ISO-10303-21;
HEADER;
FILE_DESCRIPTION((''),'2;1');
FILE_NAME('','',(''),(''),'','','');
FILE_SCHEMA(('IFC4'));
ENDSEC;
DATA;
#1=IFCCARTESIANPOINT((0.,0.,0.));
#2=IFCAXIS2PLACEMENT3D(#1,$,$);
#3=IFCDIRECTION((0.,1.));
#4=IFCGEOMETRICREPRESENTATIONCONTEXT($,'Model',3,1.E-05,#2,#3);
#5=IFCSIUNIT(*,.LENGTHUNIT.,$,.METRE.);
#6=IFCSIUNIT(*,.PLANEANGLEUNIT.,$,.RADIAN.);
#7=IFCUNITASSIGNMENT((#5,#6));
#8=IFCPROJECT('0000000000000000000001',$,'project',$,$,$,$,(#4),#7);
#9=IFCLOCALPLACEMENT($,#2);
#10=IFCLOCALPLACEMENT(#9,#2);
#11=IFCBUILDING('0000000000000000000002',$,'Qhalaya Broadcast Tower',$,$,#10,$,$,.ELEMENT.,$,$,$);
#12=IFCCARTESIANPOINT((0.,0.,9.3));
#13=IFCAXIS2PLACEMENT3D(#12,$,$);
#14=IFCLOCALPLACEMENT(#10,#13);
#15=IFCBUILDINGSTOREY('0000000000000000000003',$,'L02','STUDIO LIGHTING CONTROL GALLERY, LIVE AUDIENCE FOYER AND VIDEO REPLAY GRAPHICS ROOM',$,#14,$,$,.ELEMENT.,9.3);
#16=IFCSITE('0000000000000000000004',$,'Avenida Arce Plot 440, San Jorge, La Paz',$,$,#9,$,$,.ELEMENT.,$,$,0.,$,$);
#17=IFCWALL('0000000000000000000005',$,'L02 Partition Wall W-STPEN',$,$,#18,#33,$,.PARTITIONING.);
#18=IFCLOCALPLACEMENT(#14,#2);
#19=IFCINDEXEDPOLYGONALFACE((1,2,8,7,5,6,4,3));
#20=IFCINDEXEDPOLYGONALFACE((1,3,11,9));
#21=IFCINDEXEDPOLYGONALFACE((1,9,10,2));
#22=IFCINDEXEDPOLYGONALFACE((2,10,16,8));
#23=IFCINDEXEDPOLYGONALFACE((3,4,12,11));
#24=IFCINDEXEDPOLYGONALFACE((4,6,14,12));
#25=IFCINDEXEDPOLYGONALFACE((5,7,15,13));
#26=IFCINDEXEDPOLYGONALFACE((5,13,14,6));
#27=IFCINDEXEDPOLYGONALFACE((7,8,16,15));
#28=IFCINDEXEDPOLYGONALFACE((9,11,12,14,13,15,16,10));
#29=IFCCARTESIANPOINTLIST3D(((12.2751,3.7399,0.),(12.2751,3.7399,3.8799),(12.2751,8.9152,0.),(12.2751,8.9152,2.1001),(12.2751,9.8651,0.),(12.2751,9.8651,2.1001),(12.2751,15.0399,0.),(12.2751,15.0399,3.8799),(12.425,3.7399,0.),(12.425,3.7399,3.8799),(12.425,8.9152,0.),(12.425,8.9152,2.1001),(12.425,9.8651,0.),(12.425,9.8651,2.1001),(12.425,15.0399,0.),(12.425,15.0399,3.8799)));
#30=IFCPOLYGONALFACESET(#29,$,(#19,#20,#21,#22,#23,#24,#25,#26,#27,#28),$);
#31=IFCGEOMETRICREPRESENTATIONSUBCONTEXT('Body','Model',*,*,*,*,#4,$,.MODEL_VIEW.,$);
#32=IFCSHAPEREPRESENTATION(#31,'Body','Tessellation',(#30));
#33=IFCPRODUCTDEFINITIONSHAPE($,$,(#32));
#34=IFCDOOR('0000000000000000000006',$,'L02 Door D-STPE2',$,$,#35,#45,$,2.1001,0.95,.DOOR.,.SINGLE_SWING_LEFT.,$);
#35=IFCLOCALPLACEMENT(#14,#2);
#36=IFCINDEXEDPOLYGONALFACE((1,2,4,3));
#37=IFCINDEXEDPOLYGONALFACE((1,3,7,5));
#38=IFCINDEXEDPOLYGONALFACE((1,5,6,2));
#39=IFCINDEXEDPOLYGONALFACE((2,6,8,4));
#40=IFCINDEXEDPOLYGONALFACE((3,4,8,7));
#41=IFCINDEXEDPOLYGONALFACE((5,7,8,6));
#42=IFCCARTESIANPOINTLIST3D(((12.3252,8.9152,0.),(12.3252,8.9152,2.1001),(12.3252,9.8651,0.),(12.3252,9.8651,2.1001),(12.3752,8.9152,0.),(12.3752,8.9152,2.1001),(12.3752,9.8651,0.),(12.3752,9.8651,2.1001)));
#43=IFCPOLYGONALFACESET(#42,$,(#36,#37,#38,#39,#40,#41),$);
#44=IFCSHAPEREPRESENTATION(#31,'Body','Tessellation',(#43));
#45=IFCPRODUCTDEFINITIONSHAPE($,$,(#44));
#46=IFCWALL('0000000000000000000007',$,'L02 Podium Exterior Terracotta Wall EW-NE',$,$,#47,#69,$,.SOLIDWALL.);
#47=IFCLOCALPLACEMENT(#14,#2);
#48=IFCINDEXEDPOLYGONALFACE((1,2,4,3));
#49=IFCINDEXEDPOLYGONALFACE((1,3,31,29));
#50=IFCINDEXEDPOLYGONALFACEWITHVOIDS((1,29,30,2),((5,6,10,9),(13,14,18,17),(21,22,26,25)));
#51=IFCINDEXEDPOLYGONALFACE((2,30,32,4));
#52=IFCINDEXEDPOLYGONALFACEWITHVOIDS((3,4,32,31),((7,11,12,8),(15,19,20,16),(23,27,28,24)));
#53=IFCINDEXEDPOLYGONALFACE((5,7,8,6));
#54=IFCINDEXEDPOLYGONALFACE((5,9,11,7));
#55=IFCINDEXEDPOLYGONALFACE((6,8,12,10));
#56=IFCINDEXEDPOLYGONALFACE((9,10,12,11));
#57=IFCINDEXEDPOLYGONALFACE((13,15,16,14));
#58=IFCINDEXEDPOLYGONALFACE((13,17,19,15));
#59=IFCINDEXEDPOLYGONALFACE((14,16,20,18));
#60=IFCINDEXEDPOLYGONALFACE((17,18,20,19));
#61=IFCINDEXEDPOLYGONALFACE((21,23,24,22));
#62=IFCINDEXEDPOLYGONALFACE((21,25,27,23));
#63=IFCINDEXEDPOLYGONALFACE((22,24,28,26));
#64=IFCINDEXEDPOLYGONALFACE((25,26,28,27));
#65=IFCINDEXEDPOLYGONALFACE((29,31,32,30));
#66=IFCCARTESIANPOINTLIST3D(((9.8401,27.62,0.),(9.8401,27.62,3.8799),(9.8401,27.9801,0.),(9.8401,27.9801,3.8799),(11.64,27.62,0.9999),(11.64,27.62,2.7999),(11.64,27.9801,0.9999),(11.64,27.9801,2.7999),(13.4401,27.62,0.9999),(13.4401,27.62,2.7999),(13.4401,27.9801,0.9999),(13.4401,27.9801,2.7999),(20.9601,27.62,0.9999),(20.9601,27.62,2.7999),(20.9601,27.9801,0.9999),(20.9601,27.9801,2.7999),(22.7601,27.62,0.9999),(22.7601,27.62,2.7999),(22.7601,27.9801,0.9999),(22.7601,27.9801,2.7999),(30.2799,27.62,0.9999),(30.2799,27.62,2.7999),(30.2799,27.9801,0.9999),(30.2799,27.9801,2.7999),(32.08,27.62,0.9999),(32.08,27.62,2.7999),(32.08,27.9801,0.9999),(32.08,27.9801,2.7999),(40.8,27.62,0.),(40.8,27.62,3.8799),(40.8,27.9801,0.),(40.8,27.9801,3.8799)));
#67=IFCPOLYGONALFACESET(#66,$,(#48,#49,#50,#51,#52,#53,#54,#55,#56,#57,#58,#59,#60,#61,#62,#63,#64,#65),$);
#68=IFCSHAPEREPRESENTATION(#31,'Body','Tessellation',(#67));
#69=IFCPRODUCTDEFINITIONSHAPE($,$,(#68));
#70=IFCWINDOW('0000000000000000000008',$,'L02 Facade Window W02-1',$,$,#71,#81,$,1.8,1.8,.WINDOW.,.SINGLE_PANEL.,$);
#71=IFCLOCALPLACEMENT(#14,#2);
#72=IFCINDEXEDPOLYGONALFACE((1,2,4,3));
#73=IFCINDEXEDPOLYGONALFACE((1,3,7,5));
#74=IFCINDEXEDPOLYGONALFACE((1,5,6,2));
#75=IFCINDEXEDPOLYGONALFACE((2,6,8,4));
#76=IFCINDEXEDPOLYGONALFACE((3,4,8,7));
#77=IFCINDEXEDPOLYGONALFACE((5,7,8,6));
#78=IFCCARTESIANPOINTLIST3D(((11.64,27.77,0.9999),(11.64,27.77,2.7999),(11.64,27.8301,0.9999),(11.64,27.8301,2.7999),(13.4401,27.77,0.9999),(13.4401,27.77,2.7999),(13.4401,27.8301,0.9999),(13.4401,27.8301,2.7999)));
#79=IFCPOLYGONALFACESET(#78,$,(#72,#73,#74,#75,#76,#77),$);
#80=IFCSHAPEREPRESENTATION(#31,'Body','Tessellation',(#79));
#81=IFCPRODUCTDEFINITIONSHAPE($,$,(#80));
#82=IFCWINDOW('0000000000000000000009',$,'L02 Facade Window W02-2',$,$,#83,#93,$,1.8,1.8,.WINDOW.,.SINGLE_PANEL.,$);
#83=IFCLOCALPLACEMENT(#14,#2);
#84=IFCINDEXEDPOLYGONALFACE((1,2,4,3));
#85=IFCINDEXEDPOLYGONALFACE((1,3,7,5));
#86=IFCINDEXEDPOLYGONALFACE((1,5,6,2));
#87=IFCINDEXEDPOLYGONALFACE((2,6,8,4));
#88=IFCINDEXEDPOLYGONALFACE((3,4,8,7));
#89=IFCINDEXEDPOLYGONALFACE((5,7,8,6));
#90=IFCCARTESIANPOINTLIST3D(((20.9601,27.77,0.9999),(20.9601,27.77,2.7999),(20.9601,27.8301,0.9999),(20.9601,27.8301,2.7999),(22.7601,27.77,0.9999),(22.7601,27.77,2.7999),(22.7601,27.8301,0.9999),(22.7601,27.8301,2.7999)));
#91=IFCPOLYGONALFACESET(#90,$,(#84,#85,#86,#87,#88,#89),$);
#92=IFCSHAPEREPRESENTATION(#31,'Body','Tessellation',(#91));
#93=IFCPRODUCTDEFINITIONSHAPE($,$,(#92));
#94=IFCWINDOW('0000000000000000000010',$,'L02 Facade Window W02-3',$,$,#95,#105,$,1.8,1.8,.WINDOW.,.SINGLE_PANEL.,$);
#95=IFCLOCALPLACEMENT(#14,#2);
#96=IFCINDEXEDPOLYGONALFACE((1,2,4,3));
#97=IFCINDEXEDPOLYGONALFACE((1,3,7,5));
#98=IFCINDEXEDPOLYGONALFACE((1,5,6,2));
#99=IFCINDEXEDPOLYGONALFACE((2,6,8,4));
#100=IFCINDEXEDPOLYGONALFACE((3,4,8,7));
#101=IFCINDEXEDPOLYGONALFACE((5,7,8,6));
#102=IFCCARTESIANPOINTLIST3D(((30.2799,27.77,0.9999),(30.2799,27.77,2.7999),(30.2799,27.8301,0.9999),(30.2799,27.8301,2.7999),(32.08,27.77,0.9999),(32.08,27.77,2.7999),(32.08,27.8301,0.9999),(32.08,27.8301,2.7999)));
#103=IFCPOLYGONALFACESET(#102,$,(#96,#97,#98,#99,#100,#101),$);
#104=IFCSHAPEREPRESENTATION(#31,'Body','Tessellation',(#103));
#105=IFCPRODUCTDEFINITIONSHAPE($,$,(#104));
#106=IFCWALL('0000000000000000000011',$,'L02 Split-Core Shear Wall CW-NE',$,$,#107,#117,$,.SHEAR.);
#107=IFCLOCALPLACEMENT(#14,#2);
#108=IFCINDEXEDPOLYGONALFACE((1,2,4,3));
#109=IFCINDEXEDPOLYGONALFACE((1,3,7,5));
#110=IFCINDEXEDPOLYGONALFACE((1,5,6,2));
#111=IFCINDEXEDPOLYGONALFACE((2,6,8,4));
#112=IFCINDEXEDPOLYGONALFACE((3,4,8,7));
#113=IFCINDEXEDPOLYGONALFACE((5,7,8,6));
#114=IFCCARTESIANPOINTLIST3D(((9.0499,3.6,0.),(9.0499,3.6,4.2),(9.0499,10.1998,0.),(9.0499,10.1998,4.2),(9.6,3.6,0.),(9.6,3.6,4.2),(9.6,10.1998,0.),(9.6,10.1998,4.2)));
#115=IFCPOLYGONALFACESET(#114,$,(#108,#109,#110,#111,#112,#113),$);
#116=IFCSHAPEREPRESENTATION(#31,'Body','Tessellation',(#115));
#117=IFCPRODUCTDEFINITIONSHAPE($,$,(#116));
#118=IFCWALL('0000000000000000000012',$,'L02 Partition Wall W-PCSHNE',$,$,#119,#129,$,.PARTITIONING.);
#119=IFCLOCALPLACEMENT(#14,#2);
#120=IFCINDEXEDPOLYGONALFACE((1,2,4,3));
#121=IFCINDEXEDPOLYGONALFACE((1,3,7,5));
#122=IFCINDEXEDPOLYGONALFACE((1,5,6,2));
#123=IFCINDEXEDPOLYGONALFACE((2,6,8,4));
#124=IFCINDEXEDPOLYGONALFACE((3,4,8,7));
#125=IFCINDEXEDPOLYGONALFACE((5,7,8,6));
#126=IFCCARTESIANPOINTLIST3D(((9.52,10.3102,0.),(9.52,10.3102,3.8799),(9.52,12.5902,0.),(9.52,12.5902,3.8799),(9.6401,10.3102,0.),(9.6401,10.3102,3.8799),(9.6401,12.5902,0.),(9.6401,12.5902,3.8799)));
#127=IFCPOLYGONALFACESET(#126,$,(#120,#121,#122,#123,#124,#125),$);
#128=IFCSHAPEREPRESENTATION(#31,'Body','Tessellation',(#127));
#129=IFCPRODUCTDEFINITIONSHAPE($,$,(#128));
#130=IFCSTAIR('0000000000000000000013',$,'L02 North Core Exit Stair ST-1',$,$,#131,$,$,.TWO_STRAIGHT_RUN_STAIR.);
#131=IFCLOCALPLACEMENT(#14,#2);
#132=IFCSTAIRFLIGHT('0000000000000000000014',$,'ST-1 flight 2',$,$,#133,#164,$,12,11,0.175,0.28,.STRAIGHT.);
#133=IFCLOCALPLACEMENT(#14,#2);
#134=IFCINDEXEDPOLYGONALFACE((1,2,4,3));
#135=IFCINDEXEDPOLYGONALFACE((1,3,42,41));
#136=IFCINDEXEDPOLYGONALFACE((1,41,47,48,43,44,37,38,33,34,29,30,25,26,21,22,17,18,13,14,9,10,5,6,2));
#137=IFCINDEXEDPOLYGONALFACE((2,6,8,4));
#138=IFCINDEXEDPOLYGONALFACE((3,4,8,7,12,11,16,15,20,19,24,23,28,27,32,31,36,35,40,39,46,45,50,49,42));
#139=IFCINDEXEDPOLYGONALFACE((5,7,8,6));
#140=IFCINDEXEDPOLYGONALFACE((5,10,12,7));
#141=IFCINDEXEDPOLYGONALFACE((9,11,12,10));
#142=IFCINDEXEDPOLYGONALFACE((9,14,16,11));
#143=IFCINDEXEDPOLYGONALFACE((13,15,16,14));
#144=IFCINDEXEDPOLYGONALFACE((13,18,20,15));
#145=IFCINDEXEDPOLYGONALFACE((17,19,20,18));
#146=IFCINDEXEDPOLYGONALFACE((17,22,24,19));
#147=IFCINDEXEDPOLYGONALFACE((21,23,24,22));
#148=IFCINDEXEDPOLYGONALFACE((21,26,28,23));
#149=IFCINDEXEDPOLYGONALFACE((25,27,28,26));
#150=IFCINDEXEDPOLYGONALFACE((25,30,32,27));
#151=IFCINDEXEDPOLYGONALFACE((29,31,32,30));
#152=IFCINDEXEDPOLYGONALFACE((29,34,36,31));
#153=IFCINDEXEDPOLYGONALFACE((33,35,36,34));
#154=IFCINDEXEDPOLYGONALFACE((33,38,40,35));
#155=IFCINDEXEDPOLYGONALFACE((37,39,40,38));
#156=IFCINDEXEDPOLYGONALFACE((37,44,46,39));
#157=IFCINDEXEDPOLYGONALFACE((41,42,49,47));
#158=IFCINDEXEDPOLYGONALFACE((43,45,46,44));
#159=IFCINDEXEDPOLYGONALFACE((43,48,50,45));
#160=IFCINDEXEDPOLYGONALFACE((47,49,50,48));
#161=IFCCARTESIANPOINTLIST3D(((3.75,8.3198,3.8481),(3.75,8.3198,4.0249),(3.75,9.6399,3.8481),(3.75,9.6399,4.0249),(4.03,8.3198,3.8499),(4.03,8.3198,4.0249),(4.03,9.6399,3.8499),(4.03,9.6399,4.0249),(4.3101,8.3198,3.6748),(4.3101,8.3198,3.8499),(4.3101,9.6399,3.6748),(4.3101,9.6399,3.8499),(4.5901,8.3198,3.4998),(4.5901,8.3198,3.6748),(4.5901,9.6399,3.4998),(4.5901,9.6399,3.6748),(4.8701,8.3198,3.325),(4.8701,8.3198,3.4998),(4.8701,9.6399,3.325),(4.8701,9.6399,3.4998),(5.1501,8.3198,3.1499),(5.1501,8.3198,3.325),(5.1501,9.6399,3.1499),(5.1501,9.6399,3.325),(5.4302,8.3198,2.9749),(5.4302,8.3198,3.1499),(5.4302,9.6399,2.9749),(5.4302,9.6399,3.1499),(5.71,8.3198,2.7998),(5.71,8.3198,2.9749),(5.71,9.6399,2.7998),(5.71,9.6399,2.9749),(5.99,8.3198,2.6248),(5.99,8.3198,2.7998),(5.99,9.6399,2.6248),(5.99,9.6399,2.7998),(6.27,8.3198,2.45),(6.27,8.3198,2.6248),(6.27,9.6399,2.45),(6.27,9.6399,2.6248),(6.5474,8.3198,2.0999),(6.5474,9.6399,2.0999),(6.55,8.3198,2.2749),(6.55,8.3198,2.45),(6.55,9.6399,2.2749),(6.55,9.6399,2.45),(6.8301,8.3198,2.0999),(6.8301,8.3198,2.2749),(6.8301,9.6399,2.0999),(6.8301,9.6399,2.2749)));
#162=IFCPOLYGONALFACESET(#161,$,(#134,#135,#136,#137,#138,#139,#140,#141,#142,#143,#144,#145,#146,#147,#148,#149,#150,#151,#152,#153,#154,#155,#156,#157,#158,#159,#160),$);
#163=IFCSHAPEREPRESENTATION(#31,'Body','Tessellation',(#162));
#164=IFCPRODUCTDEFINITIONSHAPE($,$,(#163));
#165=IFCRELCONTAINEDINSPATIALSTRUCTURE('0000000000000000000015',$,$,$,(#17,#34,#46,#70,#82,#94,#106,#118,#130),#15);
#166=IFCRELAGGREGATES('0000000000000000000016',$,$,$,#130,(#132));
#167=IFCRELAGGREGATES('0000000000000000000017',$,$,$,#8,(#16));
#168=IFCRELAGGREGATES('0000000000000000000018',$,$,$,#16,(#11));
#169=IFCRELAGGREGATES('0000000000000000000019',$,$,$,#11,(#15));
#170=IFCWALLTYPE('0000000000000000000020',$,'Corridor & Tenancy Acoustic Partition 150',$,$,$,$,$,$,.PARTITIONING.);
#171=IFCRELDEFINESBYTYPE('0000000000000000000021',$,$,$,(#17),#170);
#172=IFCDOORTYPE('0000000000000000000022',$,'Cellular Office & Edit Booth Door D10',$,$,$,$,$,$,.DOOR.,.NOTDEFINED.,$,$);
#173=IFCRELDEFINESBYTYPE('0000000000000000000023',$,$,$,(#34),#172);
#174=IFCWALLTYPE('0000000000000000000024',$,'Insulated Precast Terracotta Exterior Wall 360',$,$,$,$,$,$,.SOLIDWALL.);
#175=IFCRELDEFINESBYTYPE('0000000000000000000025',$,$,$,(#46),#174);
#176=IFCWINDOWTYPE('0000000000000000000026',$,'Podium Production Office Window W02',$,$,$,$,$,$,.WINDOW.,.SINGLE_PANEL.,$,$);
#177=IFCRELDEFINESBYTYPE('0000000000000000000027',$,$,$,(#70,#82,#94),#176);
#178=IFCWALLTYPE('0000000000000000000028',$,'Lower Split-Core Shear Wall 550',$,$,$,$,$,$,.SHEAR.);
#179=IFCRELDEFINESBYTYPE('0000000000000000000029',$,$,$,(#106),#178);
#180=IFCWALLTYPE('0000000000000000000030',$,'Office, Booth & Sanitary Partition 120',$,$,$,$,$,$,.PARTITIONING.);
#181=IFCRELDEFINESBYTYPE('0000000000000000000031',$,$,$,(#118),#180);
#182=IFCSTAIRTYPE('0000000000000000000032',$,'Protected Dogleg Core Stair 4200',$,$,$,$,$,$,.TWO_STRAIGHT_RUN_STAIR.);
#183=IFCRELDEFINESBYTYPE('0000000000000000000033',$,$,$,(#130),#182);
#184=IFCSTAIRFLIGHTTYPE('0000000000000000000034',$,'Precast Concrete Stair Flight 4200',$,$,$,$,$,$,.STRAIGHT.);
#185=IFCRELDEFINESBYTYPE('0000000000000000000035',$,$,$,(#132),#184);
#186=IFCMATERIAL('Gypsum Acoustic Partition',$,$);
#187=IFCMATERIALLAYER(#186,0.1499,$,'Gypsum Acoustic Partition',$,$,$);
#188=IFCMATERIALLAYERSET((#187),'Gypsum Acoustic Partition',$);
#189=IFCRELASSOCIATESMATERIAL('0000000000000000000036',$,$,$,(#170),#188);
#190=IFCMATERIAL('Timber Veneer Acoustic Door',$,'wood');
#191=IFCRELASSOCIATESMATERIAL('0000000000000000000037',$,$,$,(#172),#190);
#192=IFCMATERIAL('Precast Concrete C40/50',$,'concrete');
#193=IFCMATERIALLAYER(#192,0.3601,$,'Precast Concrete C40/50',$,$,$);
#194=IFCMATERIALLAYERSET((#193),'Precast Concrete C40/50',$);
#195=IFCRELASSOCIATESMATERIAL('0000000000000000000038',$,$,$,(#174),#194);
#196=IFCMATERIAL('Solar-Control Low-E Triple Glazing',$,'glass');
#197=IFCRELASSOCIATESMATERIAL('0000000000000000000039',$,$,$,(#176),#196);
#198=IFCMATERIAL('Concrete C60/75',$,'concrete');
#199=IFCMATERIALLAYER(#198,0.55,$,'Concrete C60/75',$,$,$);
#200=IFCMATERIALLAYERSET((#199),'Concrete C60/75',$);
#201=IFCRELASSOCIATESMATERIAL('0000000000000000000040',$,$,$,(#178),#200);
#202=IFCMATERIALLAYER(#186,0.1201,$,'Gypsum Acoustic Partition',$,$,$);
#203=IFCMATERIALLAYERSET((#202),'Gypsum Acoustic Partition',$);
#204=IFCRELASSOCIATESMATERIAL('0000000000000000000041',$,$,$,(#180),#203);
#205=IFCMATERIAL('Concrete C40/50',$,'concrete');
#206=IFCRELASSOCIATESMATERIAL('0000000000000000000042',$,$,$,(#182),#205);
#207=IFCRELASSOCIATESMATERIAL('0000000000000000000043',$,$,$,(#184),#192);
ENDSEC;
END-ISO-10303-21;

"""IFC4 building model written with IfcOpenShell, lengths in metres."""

from ifc_helpers import new_model, si_unit, direction, frame, frame_2d, origin, place, context, subcontext, project, spatial, polyline, rectangle, outline, extrude, material, layer, layer_set, type_object, element, fill, aggregate, save


model = new_model("IFC4")

# Units and contexts
model_context = context("Model", 3, precision=1e-05, world=origin(), true_north=direction((0.0, 1.0)))
body_context = subcontext(model_context, "Body", "Model", "MODEL_VIEW")
ifc_project = project(units=[si_unit("LENGTHUNIT", "METRE"), si_unit("PLANEANGLEUNIT", "RADIAN")], contexts=[model_context])

# Site, building, storey
site_placement = place(None, origin())
site = spatial("IfcSite", under=ifc_project, at=site_placement, Name="Avenida Arce Plot 440, San Jorge, La Paz", CompositionType="ELEMENT", RefElevation=0.0)
building_placement = place(site_placement, origin())
building = spatial("IfcBuilding", under=site, at=building_placement, Name="Qhalaya Broadcast Tower", CompositionType="ELEMENT")
storey_placement = place(building_placement, frame((0.0, 0.0, 9.3)))
storey = spatial("IfcBuildingStorey", under=building, at=storey_placement, Name="L02", Description="STUDIO LIGHTING CONTROL GALLERY, LIVE AUDIENCE FOYER AND VIDEO REPLAY GRAPHICS ROOM", CompositionType="ELEMENT", Elevation=9.3)

# Shared definitions
ifc_material_1 = material(Name="Concrete C60/75", Category="concrete")

# Shared definitions
ifc_material_2 = material(Name="Solar-Control Low-E Triple Glazing", Category="glass")

# Wall, opening, door
ifc_material_3 = material(Name="Gypsum Acoustic Partition")
ifc_layer_1 = layer(ifc_material_3, 0.1499, Name="Gypsum Acoustic Partition")
ifc_layer_set_1 = layer_set([ifc_layer_1], Name="Gypsum Acoustic Partition")
wall_type_1 = type_object("IfcWallType", Name="Corridor & Tenancy Acoustic Partition 150", PredefinedType="PARTITIONING", material=ifc_layer_set_1)
wall_1_placement = place(storey_placement, frame((12.3501, 3.74, 0.0), z_axis=(0.0, 0.0, 1.0), x_axis=(0.0, 1.0, 0.0)))
wall_1 = element("IfcWall", 1, at=wall_1_placement, inside=storey, type_object=wall_type_1, Name="L02 Partition Wall W-STPEN", PredefinedType="PARTITIONING", context=body_context, shape_type="SweptSolid", body=[
    extrude(rectangle(XDim=11.3, YDim=0.1499, at=frame_2d((5.6499, 0.0))), origin(), (0.0, 0.0, 1.0), 3.8799),
])
opening_1_placement = place(wall_1_placement, frame((5.175, 0.0, 0.0)))
opening_1 = element("IfcOpeningElement", 2, at=opening_1_placement, cuts=wall_1, PredefinedType="OPENING", context=body_context, shape_type="SweptSolid", body=[
    extrude(rectangle(XDim=0.95, YDim=2.1001, at=frame_2d((0.4751, 1.05))), frame((0.0, 0.0869, 0.0), z_axis=(0.0, -1.0, 0.0), x_axis=(1.0, 0.0, 0.0)), (0.0, 0.0, 1.0), 0.1738),
])
ifc_material_4 = material(Name="Timber Veneer Acoustic Door", Category="wood")
door_type = type_object("IfcDoorType", Name="Cellular Office & Edit Booth Door D10", OperationType="NOTDEFINED", PredefinedType="DOOR", material=ifc_material_4)
door_placement = place(opening_1_placement, origin())
door = element("IfcDoor", 3, at=door_placement, inside=storey, type_object=door_type, Name="L02 Door D-STPE2", OperationType="SINGLE_SWING_LEFT", OverallHeight=2.1001, OverallWidth=0.95, PredefinedType="DOOR", context=body_context, shape_type="SweptSolid", body=[
    extrude(rectangle(XDim=0.95, YDim=2.1001, at=frame_2d((0.4751, 1.05))), frame((0.0, 0.0249, 0.0), z_axis=(0.0, -1.0, 0.0), x_axis=(1.0, 0.0, 0.0)), (0.0, 0.0, 1.0), 0.05),
])
fill(opening_1, door)

# Wall, openings, windows
ifc_material_5 = material(Name="Precast Concrete C40/50", Category="concrete")
ifc_layer_2 = layer(ifc_material_5, 0.3601, Name="Precast Concrete C40/50")
ifc_layer_set_2 = layer_set([ifc_layer_2], Name="Precast Concrete C40/50")
wall_type_2 = type_object("IfcWallType", Name="Insulated Precast Terracotta Exterior Wall 360", PredefinedType="SOLIDWALL", material=ifc_layer_set_2)
wall_2_placement = place(storey_placement, frame((9.8401, 27.8, 0.0), z_axis=(0.0, 0.0, 1.0), x_axis=(1.0, 0.0, 0.0)))
wall_2 = element("IfcWall", 4, at=wall_2_placement, inside=storey, type_object=wall_type_2, Name="L02 Podium Exterior Terracotta Wall EW-NE", PredefinedType="SOLIDWALL", context=body_context, shape_type="SweptSolid", body=[
    extrude(rectangle(XDim=30.96, YDim=0.3601, at=frame_2d((15.48, 0.0))), origin(), (0.0, 0.0, 1.0), 3.8799),
])
opening_2_placement = place(wall_2_placement, frame((1.8, 0.0, 1.0)))
opening_2 = element("IfcOpeningElement", 5, at=opening_2_placement, cuts=wall_2, PredefinedType="OPENING", context=body_context, shape_type="SweptSolid", body=[
    extrude(rectangle(XDim=1.8, YDim=1.8, at=frame_2d((0.8999, 0.8999))), frame((0.0, 0.1921, 0.0), z_axis=(0.0, -1.0, 0.0), x_axis=(1.0, 0.0, 0.0)), (0.0, 0.0, 1.0), 0.384),
])
opening_3_placement = place(wall_2_placement, frame((11.1201, 0.0, 1.0)))
opening_3 = element("IfcOpeningElement", 6, at=opening_3_placement, cuts=wall_2, PredefinedType="OPENING", context=body_context, shape_type="SweptSolid", body=[
    extrude(rectangle(XDim=1.8, YDim=1.8, at=frame_2d((0.8999, 0.8999))), frame((0.0, 0.1921, 0.0), z_axis=(0.0, -1.0, 0.0), x_axis=(1.0, 0.0, 0.0)), (0.0, 0.0, 1.0), 0.384),
])
opening_4_placement = place(wall_2_placement, frame((20.4399, 0.0, 1.0)))
opening_4 = element("IfcOpeningElement", 7, at=opening_4_placement, cuts=wall_2, PredefinedType="OPENING", context=body_context, shape_type="SweptSolid", body=[
    extrude(rectangle(XDim=1.8, YDim=1.8, at=frame_2d((0.8999, 0.8999))), frame((0.0, 0.1921, 0.0), z_axis=(0.0, -1.0, 0.0), x_axis=(1.0, 0.0, 0.0)), (0.0, 0.0, 1.0), 0.384),
])
window_type = type_object("IfcWindowType", Name="Podium Production Office Window W02", PartitioningType="SINGLE_PANEL", PredefinedType="WINDOW", material=ifc_material_2)
window_1_placement = place(opening_2_placement, origin())
window_1 = element("IfcWindow", 8, at=window_1_placement, inside=storey, type_object=window_type, Name="L02 Facade Window W02-1", OverallHeight=1.8, OverallWidth=1.8, PartitioningType="SINGLE_PANEL", PredefinedType="WINDOW", context=body_context, shape_type="SweptSolid", body=[
    extrude(rectangle(XDim=1.8, YDim=1.8, at=frame_2d((0.8999, 0.8999))), frame((0.0, 0.03, 0.0), z_axis=(0.0, -1.0, 0.0), x_axis=(1.0, 0.0, 0.0)), (0.0, 0.0, 1.0), 0.0601),
])
fill(opening_2, window_1)
window_2_placement = place(opening_3_placement, origin())
window_2 = element("IfcWindow", 9, at=window_2_placement, inside=storey, type_object=window_type, Name="L02 Facade Window W02-2", OverallHeight=1.8, OverallWidth=1.8, PartitioningType="SINGLE_PANEL", PredefinedType="WINDOW", context=body_context, shape_type="SweptSolid", body=[
    extrude(rectangle(XDim=1.8, YDim=1.8, at=frame_2d((0.8999, 0.8999))), frame((0.0, 0.03, 0.0), z_axis=(0.0, -1.0, 0.0), x_axis=(1.0, 0.0, 0.0)), (0.0, 0.0, 1.0), 0.0601),
])
fill(opening_3, window_2)
window_3_placement = place(opening_4_placement, origin())
window_3 = element("IfcWindow", 10, at=window_3_placement, inside=storey, type_object=window_type, Name="L02 Facade Window W02-3", OverallHeight=1.8, OverallWidth=1.8, PartitioningType="SINGLE_PANEL", PredefinedType="WINDOW", context=body_context, shape_type="SweptSolid", body=[
    extrude(rectangle(XDim=1.8, YDim=1.8, at=frame_2d((0.8999, 0.8999))), frame((0.0, 0.03, 0.0), z_axis=(0.0, -1.0, 0.0), x_axis=(1.0, 0.0, 0.0)), (0.0, 0.0, 1.0), 0.0601),
])
fill(opening_4, window_3)

# Walls
ifc_layer_3 = layer(ifc_material_1, 0.55, Name="Concrete C60/75")
ifc_layer_set_3 = layer_set([ifc_layer_3], Name="Concrete C60/75")
wall_type_3 = type_object("IfcWallType", Name="Lower Split-Core Shear Wall 550", PredefinedType="SHEAR", material=ifc_layer_set_3)
wall_3_placement = place(storey_placement, frame((9.325, 3.6001, 0.0), z_axis=(0.0, 0.0, 1.0), x_axis=(0.0, 1.0, 0.0)))
element("IfcWall", 11, at=wall_3_placement, inside=storey, type_object=wall_type_3, Name="L02 Split-Core Shear Wall CW-NE", PredefinedType="SHEAR", context=body_context, shape_type="SweptSolid", body=[
    extrude(rectangle(XDim=6.5999, YDim=0.55, at=frame_2d((3.2998, 0.0))), origin(), (0.0, 0.0, 1.0), 4.2),
])
ifc_layer_4 = layer(ifc_material_3, 0.1201, Name="Gypsum Acoustic Partition")
ifc_layer_set_4 = layer_set([ifc_layer_4], Name="Gypsum Acoustic Partition")
wall_type_4 = type_object("IfcWallType", Name="Office, Booth & Sanitary Partition 120", PredefinedType="PARTITIONING", material=ifc_layer_set_4)
wall_4_placement = place(storey_placement, frame((9.5801, 10.3101, 0.0), z_axis=(0.0, 0.0, 1.0), x_axis=(0.0, 1.0, 0.0)))
element("IfcWall", 12, at=wall_4_placement, inside=storey, type_object=wall_type_4, Name="L02 Partition Wall W-PCSHNE", PredefinedType="PARTITIONING", context=body_context, shape_type="SweptSolid", body=[
    extrude(rectangle(XDim=2.28, YDim=0.1201, at=frame_2d((1.1401, 0.0))), origin(), (0.0, 0.0, 1.0), 3.8799),
])

# Stair, stair flight
ifc_material_6 = material(Name="Concrete C40/50", Category="concrete")
stair_type = type_object("IfcStairType", Name="Protected Dogleg Core Stair 4200", PredefinedType="TWO_STRAIGHT_RUN_STAIR", material=ifc_material_6)
stair_placement = place(storey_placement, origin())
stair = element("IfcStair", 13, at=stair_placement, inside=storey, type_object=stair_type, Name="L02 North Core Exit Stair ST-1", PredefinedType="TWO_STRAIGHT_RUN_STAIR")
stair_flight_type = type_object("IfcStairFlightType", Name="Precast Concrete Stair Flight 4200", PredefinedType="STRAIGHT", material=ifc_material_5)
stair_flight_placement = place(storey_placement, frame((6.8301, 8.98, 2.0999), z_axis=(0.0, 0.0, 1.0), x_axis=(-1.0, 0.0, 0.0)))
stair_flight = element("IfcStairFlight", 14, at=stair_flight_placement, type_object=stair_flight_type, Name="ST-1 flight 2", NumberOfRisers=12, NumberOfTreads=11, PredefinedType="STRAIGHT", RiserHeight=0.175, TreadLength=0.28, context=body_context, shape_type="SweptSolid", body=[
    extrude(outline(polyline([(0.0, 0.0), (0.0, 0.175), (0.28, 0.175), (0.28, 0.3501), (0.5601, 0.3501), (0.5601, 0.5249), (0.8401, 0.5249), (0.8401, 0.7), (1.1201, 0.7), (1.1201, 0.875), (1.3999, 0.875), (1.3999, 1.05), (1.6799, 1.05), (1.6799, 1.2251), (1.96, 1.2251), (1.96, 1.3999), (2.24, 1.3999), (2.24, 1.575), (2.52, 1.575), (2.52, 1.75), (2.8, 1.75), (2.8, 1.925), (3.0801, 1.925), (3.0801, 2.1001), (3.0801, 1.7483), (0.2827, 0.0), (0.0, 0.0)])), frame((0.0, 0.6602, 0.0), z_axis=(0.0, -1.0, 0.0), x_axis=(1.0, 0.0, 0.0)), (0.0, 0.0, 1.0), 1.3201),
])
aggregate(stair, [stair_flight])

save(model, "model.ifc")
